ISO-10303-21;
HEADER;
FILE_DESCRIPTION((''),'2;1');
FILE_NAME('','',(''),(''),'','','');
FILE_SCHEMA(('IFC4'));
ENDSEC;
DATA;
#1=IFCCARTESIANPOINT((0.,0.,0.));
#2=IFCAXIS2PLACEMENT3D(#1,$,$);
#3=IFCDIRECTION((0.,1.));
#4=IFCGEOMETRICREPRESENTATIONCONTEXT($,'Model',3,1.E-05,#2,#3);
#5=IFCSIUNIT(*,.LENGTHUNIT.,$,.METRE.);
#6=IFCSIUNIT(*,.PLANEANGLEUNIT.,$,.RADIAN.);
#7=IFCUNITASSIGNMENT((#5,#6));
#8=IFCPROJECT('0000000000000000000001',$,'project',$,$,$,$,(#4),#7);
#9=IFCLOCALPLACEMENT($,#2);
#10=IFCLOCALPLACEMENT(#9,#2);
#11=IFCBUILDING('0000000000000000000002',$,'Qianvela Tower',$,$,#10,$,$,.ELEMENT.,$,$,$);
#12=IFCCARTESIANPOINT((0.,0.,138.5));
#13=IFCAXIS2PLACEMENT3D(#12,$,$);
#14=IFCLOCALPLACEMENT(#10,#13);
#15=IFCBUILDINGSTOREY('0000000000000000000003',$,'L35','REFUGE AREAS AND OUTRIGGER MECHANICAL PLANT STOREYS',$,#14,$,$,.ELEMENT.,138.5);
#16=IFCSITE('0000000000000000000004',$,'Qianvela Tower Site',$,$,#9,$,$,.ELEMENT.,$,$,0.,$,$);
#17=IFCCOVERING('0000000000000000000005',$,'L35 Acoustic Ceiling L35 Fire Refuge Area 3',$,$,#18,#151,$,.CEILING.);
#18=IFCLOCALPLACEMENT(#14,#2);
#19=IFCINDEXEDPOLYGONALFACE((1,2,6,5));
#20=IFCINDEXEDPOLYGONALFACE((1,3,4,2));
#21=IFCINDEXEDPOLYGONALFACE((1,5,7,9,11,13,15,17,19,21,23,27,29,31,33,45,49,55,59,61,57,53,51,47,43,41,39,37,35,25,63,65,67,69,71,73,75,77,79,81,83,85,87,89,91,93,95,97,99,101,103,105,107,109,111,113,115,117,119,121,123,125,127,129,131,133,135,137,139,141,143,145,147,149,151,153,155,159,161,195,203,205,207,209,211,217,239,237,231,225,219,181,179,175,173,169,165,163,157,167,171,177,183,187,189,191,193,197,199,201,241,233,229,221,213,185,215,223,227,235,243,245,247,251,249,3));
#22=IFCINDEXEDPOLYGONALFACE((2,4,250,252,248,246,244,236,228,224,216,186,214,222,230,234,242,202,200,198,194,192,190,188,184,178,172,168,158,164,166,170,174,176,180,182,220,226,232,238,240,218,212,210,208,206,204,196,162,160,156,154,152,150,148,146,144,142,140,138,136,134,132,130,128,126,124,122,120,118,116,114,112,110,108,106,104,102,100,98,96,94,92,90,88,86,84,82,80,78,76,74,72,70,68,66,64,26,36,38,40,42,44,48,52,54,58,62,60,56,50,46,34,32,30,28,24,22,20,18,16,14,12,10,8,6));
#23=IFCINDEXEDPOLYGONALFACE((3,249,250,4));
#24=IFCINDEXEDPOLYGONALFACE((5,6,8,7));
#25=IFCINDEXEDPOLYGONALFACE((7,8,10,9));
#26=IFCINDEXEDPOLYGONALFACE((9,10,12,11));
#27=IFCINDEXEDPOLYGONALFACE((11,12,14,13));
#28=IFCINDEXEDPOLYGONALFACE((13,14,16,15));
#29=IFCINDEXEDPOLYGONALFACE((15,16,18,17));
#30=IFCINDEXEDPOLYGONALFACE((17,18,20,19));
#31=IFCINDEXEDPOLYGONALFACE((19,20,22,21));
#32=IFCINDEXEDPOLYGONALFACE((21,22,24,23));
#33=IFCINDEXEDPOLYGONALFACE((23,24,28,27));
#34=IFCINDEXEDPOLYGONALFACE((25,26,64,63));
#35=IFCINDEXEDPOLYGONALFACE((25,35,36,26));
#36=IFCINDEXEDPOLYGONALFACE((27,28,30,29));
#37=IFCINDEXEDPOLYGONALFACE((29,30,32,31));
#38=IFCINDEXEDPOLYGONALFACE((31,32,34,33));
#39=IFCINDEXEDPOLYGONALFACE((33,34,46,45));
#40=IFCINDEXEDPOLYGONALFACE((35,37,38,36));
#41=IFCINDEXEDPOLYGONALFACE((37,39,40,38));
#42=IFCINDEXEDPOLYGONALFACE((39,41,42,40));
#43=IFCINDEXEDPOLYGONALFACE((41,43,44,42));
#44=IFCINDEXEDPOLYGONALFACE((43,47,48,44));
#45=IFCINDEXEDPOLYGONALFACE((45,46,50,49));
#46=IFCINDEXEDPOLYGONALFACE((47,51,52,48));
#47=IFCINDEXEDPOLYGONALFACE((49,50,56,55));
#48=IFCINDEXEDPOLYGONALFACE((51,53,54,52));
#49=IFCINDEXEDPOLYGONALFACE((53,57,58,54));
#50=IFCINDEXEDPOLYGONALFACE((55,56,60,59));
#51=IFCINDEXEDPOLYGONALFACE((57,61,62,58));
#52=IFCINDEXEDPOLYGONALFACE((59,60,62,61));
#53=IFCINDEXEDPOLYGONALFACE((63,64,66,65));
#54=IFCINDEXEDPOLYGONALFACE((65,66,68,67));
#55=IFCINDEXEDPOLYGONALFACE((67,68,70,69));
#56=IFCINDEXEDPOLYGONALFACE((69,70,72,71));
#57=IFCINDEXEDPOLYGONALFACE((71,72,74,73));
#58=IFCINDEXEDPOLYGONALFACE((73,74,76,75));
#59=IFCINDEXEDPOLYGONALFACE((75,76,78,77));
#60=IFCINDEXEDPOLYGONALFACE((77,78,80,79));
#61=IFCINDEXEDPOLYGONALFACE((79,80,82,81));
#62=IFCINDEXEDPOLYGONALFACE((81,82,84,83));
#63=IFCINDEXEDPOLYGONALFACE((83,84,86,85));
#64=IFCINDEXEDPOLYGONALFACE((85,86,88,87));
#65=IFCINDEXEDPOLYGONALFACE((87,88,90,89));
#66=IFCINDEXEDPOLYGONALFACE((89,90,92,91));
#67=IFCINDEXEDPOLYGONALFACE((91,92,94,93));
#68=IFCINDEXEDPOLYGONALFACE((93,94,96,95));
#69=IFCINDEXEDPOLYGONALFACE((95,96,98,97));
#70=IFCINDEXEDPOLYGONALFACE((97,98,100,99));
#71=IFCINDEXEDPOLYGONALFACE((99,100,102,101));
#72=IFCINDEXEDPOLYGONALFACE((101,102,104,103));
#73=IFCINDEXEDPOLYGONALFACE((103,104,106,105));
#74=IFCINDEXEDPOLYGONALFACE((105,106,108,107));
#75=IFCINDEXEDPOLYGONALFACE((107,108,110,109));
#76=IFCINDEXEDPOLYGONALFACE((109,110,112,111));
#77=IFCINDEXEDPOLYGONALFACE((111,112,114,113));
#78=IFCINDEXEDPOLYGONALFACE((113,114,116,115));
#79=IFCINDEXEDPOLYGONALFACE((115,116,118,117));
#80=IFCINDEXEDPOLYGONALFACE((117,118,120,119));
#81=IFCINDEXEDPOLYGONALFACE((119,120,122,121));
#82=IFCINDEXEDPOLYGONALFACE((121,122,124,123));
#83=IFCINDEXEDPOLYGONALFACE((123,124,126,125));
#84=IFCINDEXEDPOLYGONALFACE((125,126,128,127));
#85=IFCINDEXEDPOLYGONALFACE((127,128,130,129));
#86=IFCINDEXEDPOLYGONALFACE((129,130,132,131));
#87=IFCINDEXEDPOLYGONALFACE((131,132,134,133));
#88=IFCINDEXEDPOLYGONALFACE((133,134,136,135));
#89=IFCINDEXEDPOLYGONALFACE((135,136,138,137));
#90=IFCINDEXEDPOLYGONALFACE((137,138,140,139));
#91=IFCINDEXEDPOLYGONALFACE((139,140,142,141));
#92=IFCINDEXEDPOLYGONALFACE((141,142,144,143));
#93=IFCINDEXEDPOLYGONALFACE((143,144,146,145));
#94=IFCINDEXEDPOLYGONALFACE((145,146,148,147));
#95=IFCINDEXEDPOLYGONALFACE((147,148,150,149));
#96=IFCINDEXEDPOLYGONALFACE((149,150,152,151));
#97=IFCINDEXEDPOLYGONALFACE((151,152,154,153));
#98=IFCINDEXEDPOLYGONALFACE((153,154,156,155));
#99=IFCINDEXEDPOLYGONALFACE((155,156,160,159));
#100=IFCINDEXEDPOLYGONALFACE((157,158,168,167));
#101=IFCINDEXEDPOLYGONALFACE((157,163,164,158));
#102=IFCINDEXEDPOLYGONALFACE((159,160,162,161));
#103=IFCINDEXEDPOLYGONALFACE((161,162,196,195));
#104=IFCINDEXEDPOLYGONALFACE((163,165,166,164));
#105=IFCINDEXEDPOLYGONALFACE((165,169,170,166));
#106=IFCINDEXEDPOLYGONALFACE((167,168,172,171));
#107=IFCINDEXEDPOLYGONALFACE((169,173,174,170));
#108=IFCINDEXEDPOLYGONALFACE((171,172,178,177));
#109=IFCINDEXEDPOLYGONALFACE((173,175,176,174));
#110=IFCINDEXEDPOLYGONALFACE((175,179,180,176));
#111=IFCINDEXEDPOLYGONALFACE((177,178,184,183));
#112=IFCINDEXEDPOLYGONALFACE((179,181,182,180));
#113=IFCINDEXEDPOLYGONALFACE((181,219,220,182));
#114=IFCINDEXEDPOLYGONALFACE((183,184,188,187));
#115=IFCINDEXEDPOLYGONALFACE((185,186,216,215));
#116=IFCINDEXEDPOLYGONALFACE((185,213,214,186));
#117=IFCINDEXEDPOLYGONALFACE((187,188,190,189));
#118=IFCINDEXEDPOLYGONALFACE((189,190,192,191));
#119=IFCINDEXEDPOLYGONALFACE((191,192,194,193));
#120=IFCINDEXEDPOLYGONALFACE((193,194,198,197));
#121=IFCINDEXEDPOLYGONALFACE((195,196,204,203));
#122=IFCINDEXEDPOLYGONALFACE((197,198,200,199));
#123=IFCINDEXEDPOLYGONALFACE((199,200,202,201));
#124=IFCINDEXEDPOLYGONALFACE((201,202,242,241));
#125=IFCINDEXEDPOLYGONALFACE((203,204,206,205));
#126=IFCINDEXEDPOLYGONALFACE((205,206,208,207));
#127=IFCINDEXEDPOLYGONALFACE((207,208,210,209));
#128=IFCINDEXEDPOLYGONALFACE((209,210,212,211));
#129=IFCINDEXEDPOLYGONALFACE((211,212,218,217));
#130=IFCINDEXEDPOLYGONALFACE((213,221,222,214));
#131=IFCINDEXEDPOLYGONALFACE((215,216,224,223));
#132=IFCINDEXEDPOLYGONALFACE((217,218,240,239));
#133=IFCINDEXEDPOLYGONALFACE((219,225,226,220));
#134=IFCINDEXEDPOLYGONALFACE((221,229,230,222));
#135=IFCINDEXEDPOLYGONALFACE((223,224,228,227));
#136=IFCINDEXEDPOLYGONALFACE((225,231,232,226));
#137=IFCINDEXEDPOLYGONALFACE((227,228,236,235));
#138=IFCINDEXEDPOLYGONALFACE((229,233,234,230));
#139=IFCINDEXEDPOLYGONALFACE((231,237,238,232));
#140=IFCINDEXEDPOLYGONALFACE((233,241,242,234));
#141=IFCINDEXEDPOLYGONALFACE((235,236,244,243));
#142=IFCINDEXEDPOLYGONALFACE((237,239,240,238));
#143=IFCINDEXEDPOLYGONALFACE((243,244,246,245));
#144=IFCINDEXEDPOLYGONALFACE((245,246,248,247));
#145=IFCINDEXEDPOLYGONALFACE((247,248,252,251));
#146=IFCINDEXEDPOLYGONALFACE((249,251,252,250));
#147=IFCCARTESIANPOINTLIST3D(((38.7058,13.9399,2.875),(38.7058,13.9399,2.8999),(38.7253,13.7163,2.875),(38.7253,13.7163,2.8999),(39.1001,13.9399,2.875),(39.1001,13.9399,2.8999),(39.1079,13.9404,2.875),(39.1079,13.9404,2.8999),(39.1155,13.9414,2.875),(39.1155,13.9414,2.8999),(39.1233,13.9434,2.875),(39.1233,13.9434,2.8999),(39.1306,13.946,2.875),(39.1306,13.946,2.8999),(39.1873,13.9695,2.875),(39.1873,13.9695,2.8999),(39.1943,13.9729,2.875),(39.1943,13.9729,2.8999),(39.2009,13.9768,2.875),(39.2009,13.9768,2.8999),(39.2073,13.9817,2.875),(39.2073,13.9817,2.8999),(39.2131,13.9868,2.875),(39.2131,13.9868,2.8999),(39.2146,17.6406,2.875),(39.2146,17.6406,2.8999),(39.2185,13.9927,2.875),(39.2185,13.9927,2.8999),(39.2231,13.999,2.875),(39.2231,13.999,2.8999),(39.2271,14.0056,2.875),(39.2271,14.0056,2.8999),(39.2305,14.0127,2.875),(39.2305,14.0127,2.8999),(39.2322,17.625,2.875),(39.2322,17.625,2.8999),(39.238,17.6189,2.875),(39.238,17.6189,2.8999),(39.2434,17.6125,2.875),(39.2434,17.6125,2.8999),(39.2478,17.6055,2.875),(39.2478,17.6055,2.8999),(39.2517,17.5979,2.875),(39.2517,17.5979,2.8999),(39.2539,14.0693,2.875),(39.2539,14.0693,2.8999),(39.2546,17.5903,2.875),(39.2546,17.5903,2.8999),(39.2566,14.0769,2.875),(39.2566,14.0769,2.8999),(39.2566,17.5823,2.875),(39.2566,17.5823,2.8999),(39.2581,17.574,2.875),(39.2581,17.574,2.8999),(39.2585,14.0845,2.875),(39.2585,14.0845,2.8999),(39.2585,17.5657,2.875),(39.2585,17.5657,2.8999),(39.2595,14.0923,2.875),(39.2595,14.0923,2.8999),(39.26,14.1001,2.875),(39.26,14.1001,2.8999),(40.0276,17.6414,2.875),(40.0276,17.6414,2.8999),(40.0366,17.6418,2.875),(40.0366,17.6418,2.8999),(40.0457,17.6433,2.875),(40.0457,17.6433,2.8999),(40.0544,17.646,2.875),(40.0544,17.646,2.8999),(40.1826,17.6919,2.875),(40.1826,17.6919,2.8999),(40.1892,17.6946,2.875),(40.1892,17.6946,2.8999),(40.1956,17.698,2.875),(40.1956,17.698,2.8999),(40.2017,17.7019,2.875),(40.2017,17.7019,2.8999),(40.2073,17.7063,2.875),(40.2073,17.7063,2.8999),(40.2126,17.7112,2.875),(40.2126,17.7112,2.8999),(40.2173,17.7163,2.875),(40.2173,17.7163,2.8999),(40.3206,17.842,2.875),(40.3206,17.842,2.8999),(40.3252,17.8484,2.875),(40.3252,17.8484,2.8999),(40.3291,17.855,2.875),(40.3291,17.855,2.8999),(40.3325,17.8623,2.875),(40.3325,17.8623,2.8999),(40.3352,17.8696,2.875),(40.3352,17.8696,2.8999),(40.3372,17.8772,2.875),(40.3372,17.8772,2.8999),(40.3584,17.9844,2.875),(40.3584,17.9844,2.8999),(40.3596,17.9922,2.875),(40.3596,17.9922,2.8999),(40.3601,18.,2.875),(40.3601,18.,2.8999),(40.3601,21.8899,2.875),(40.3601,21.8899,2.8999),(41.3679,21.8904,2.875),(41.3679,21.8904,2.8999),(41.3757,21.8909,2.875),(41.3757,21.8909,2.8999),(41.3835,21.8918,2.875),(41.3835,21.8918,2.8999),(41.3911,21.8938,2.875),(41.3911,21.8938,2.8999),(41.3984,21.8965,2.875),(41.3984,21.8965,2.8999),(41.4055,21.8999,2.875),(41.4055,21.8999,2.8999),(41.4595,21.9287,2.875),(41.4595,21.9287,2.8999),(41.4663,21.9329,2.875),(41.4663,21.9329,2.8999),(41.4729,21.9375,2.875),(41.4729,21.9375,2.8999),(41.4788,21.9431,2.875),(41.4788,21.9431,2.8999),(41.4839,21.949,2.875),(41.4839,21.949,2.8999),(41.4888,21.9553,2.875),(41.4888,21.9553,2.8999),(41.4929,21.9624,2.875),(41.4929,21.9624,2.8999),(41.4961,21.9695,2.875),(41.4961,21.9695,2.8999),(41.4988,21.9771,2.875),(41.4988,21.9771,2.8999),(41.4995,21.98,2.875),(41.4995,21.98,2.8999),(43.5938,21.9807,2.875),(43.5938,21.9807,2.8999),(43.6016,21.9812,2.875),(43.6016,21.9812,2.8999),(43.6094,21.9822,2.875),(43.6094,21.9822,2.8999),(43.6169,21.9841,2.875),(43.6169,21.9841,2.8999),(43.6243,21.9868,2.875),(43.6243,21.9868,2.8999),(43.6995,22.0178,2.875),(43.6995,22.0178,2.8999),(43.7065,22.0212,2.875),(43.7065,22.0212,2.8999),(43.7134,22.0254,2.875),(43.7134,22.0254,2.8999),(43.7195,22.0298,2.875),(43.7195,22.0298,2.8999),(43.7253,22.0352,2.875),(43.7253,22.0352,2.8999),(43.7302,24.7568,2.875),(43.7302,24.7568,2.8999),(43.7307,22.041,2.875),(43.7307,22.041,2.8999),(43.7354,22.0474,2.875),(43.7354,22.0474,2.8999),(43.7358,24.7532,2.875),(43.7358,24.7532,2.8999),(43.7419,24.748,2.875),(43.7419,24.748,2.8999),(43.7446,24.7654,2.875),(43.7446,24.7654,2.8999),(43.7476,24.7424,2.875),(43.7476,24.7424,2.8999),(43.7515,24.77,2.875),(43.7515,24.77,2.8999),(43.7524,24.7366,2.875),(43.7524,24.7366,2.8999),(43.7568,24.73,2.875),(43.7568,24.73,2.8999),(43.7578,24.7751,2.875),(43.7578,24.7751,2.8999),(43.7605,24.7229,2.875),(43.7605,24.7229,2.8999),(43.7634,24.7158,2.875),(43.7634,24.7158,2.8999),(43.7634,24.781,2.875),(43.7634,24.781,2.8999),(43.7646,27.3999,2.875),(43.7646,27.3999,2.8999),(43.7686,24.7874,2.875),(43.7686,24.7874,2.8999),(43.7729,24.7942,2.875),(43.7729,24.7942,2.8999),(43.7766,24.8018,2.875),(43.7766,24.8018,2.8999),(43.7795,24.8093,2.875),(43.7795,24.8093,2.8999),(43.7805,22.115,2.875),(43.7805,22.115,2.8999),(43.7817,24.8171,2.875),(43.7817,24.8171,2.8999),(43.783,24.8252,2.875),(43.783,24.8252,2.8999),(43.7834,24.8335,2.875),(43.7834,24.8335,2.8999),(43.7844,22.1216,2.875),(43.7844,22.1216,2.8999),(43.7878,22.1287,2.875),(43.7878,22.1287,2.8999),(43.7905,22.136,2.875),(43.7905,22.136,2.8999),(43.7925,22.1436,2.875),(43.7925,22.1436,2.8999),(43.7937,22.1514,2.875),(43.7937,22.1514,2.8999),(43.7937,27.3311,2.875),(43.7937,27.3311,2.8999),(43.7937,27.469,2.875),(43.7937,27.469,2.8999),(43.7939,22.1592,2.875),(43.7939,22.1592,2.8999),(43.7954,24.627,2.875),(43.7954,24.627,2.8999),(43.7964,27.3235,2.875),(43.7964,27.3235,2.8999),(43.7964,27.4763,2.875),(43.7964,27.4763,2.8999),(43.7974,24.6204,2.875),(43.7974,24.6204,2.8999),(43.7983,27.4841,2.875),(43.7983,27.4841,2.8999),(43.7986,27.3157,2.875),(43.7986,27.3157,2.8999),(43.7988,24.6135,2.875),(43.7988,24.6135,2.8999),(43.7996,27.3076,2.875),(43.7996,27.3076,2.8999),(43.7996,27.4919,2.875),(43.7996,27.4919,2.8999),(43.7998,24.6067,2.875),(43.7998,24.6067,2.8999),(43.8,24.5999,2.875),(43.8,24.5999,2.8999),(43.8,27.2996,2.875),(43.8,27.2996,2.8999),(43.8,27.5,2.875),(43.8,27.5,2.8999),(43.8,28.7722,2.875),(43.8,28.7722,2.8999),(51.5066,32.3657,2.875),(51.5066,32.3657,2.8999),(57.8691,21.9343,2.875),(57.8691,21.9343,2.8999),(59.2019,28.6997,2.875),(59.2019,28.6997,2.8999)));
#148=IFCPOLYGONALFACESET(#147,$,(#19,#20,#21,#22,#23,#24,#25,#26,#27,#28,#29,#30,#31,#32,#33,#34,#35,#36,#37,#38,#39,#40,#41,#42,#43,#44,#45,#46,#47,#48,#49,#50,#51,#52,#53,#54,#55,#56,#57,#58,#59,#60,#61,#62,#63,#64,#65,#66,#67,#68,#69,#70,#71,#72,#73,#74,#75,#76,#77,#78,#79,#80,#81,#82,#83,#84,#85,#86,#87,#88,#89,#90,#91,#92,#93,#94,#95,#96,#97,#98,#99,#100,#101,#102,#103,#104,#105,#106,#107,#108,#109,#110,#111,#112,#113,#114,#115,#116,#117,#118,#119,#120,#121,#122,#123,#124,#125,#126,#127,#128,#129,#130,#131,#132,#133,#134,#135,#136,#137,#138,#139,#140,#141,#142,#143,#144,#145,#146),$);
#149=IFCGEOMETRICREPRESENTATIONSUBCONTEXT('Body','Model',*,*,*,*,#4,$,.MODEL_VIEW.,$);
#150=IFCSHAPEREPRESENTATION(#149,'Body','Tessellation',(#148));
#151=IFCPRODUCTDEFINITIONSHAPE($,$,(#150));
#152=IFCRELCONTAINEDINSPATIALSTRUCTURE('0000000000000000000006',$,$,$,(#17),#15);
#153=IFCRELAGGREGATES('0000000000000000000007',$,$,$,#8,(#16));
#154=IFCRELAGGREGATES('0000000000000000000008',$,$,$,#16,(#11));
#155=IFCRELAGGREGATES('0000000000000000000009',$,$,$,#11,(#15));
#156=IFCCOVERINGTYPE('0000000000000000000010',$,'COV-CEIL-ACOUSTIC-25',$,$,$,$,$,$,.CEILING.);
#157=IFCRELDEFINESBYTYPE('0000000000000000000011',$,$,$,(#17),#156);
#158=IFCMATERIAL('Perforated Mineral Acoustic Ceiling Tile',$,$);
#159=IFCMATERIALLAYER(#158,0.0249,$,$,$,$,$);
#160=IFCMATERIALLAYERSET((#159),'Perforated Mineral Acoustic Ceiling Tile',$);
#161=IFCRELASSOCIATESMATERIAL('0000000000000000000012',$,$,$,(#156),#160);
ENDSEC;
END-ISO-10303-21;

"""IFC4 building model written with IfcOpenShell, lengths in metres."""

from ifc_helpers import new_model, si_unit, direction, frame, origin, place, context, subcontext, project, spatial, polyline, outline, extrude, material, layer, layer_set, type_object, element, save


model = new_model("IFC4")

# Units and contexts
model_context = context("Model", 3, precision=1e-05, world=origin(), true_north=direction((0.0, 1.0)))
body_context = subcontext(model_context, "Body", "Model", "MODEL_VIEW")
ifc_project = project(units=[si_unit("LENGTHUNIT", "METRE"), si_unit("PLANEANGLEUNIT", "RADIAN")], contexts=[model_context])

# Site, building, storey
site_placement = place(None, origin())
site = spatial("IfcSite", under=ifc_project, at=site_placement, Name="Qianvela Tower Site", CompositionType="ELEMENT", RefElevation=0.0)
building_placement = place(site_placement, origin())
building = spatial("IfcBuilding", under=site, at=building_placement, Name="Qianvela Tower", CompositionType="ELEMENT")
storey_placement = place(building_placement, frame((0.0, 0.0, 138.5)))
storey = spatial("IfcBuildingStorey", under=building, at=storey_placement, Name="L35", Description="REFUGE AREAS AND OUTRIGGER MECHANICAL PLANT STOREYS", CompositionType="ELEMENT", Elevation=138.5)

# Covering
ifc_material_1 = material(Name="Perforated Mineral Acoustic Ceiling Tile")
ifc_layer_1 = layer(ifc_material_1, 0.0249)
ifc_layer_set_1 = layer_set([ifc_layer_1], Name="Perforated Mineral Acoustic Ceiling Tile")
covering_type_1 = type_object("IfcCoveringType", Name="COV-CEIL-ACOUSTIC-25", PredefinedType="CEILING", material=ifc_layer_set_1)
covering_1_placement = place(storey_placement, frame((0.0, 0.0, 2.875)))
element("IfcCovering", 1, at=covering_1_placement, inside=storey, type_object=covering_type_1, Name="L35 Acoustic Ceiling L35 Fire Refuge Area 3", PredefinedType="CEILING", context=body_context, shape_type="SweptSolid", body=[
    extrude(outline(polyline([(39.1873, 13.9695), (39.1943, 13.9729), (39.2009, 13.9768), (39.2073, 13.9817), (39.2131, 13.9868), (39.2185, 13.9927), (39.2231, 13.999), (39.2271, 14.0056), (39.2305, 14.0127), (39.2539, 14.0693), (39.2566, 14.0769), (39.2585, 14.0845), (39.2595, 14.0923), (39.26, 14.1001), (39.2585, 17.5657), (39.2581, 17.574), (39.2566, 17.5823), (39.2546, 17.5903), (39.2517, 17.5979), (39.2478, 17.6055), (39.2434, 17.6125), (39.238, 17.6189), (39.2322, 17.625), (39.2146, 17.6406), (40.0276, 17.6414), (40.0366, 17.6418), (40.0457, 17.6433), (40.0544, 17.646), (40.1826, 17.6919), (40.1892, 17.6946), (40.1956, 17.698), (40.2017, 17.7019), (40.2073, 17.7063), (40.2126, 17.7112), (40.2173, 17.7163), (40.3206, 17.842), (40.3252, 17.8484), (40.3291, 17.855), (40.3325, 17.8623), (40.3352, 17.8696), (40.3372, 17.8772), (40.3584, 17.9844), (40.3596, 17.9922), (40.3601, 18.0), (40.3601, 21.8899), (41.3679, 21.8904), (41.3757, 21.8909), (41.3835, 21.8918), (41.3911, 21.8938), (41.3984, 21.8965), (41.4055, 21.8999), (41.4595, 21.9287), (41.4663, 21.9329), (41.4729, 21.9375), (41.4788, 21.9431), (41.4839, 21.949), (41.4888, 21.9553), (41.4929, 21.9624), (41.4961, 21.9695), (41.4988, 21.9771), (41.4995, 21.98), (43.5938, 21.9807), (43.6016, 21.9812), (43.6094, 21.9822), (43.6169, 21.9841), (43.6243, 21.9868), (43.6995, 22.0178), (43.7065, 22.0212), (43.7134, 22.0254), (43.7195, 22.0298), (43.7253, 22.0352), (43.7307, 22.041), (43.7354, 22.0474), (43.7805, 22.115), (43.7844, 22.1216), (43.7878, 22.1287), (43.7905, 22.136), (43.7925, 22.1436), (43.7937, 22.1514), (43.7939, 22.1592), (43.8, 24.5999), (43.7998, 24.6067), (43.7988, 24.6135), (43.7974, 24.6204), (43.7954, 24.627), (43.7634, 24.7158), (43.7605, 24.7229), (43.7568, 24.73), (43.7524, 24.7366), (43.7476, 24.7424), (43.7419, 24.748), (43.7358, 24.7532), (43.7302, 24.7568), (43.7446, 24.7654), (43.7515, 24.77), (43.7578, 24.7751), (43.7634, 24.781), (43.7686, 24.7874), (43.7729, 24.7942), (43.7766, 24.8018), (43.7795, 24.8093), (43.7817, 24.8171), (43.783, 24.8252), (43.7834, 24.8335), (43.8, 27.2996), (43.7996, 27.3076), (43.7986, 27.3157), (43.7964, 27.3235), (43.7937, 27.3311), (43.7646, 27.3999), (43.7937, 27.469), (43.7964, 27.4763), (43.7983, 27.4841), (43.7996, 27.4919), (43.8, 27.5), (43.8, 28.7722), (51.5066, 32.3657), (59.2019, 28.6997), (57.8691, 21.9343), (38.7253, 13.7163), (38.7058, 13.9399), (39.1001, 13.9399), (39.1079, 13.9404), (39.1155, 13.9414), (39.1233, 13.9434), (39.1306, 13.946), (39.1873, 13.9695)])), origin(), (0.0, 0.0, 1.0), 0.0249),
])

save(model, "model.ifc")
